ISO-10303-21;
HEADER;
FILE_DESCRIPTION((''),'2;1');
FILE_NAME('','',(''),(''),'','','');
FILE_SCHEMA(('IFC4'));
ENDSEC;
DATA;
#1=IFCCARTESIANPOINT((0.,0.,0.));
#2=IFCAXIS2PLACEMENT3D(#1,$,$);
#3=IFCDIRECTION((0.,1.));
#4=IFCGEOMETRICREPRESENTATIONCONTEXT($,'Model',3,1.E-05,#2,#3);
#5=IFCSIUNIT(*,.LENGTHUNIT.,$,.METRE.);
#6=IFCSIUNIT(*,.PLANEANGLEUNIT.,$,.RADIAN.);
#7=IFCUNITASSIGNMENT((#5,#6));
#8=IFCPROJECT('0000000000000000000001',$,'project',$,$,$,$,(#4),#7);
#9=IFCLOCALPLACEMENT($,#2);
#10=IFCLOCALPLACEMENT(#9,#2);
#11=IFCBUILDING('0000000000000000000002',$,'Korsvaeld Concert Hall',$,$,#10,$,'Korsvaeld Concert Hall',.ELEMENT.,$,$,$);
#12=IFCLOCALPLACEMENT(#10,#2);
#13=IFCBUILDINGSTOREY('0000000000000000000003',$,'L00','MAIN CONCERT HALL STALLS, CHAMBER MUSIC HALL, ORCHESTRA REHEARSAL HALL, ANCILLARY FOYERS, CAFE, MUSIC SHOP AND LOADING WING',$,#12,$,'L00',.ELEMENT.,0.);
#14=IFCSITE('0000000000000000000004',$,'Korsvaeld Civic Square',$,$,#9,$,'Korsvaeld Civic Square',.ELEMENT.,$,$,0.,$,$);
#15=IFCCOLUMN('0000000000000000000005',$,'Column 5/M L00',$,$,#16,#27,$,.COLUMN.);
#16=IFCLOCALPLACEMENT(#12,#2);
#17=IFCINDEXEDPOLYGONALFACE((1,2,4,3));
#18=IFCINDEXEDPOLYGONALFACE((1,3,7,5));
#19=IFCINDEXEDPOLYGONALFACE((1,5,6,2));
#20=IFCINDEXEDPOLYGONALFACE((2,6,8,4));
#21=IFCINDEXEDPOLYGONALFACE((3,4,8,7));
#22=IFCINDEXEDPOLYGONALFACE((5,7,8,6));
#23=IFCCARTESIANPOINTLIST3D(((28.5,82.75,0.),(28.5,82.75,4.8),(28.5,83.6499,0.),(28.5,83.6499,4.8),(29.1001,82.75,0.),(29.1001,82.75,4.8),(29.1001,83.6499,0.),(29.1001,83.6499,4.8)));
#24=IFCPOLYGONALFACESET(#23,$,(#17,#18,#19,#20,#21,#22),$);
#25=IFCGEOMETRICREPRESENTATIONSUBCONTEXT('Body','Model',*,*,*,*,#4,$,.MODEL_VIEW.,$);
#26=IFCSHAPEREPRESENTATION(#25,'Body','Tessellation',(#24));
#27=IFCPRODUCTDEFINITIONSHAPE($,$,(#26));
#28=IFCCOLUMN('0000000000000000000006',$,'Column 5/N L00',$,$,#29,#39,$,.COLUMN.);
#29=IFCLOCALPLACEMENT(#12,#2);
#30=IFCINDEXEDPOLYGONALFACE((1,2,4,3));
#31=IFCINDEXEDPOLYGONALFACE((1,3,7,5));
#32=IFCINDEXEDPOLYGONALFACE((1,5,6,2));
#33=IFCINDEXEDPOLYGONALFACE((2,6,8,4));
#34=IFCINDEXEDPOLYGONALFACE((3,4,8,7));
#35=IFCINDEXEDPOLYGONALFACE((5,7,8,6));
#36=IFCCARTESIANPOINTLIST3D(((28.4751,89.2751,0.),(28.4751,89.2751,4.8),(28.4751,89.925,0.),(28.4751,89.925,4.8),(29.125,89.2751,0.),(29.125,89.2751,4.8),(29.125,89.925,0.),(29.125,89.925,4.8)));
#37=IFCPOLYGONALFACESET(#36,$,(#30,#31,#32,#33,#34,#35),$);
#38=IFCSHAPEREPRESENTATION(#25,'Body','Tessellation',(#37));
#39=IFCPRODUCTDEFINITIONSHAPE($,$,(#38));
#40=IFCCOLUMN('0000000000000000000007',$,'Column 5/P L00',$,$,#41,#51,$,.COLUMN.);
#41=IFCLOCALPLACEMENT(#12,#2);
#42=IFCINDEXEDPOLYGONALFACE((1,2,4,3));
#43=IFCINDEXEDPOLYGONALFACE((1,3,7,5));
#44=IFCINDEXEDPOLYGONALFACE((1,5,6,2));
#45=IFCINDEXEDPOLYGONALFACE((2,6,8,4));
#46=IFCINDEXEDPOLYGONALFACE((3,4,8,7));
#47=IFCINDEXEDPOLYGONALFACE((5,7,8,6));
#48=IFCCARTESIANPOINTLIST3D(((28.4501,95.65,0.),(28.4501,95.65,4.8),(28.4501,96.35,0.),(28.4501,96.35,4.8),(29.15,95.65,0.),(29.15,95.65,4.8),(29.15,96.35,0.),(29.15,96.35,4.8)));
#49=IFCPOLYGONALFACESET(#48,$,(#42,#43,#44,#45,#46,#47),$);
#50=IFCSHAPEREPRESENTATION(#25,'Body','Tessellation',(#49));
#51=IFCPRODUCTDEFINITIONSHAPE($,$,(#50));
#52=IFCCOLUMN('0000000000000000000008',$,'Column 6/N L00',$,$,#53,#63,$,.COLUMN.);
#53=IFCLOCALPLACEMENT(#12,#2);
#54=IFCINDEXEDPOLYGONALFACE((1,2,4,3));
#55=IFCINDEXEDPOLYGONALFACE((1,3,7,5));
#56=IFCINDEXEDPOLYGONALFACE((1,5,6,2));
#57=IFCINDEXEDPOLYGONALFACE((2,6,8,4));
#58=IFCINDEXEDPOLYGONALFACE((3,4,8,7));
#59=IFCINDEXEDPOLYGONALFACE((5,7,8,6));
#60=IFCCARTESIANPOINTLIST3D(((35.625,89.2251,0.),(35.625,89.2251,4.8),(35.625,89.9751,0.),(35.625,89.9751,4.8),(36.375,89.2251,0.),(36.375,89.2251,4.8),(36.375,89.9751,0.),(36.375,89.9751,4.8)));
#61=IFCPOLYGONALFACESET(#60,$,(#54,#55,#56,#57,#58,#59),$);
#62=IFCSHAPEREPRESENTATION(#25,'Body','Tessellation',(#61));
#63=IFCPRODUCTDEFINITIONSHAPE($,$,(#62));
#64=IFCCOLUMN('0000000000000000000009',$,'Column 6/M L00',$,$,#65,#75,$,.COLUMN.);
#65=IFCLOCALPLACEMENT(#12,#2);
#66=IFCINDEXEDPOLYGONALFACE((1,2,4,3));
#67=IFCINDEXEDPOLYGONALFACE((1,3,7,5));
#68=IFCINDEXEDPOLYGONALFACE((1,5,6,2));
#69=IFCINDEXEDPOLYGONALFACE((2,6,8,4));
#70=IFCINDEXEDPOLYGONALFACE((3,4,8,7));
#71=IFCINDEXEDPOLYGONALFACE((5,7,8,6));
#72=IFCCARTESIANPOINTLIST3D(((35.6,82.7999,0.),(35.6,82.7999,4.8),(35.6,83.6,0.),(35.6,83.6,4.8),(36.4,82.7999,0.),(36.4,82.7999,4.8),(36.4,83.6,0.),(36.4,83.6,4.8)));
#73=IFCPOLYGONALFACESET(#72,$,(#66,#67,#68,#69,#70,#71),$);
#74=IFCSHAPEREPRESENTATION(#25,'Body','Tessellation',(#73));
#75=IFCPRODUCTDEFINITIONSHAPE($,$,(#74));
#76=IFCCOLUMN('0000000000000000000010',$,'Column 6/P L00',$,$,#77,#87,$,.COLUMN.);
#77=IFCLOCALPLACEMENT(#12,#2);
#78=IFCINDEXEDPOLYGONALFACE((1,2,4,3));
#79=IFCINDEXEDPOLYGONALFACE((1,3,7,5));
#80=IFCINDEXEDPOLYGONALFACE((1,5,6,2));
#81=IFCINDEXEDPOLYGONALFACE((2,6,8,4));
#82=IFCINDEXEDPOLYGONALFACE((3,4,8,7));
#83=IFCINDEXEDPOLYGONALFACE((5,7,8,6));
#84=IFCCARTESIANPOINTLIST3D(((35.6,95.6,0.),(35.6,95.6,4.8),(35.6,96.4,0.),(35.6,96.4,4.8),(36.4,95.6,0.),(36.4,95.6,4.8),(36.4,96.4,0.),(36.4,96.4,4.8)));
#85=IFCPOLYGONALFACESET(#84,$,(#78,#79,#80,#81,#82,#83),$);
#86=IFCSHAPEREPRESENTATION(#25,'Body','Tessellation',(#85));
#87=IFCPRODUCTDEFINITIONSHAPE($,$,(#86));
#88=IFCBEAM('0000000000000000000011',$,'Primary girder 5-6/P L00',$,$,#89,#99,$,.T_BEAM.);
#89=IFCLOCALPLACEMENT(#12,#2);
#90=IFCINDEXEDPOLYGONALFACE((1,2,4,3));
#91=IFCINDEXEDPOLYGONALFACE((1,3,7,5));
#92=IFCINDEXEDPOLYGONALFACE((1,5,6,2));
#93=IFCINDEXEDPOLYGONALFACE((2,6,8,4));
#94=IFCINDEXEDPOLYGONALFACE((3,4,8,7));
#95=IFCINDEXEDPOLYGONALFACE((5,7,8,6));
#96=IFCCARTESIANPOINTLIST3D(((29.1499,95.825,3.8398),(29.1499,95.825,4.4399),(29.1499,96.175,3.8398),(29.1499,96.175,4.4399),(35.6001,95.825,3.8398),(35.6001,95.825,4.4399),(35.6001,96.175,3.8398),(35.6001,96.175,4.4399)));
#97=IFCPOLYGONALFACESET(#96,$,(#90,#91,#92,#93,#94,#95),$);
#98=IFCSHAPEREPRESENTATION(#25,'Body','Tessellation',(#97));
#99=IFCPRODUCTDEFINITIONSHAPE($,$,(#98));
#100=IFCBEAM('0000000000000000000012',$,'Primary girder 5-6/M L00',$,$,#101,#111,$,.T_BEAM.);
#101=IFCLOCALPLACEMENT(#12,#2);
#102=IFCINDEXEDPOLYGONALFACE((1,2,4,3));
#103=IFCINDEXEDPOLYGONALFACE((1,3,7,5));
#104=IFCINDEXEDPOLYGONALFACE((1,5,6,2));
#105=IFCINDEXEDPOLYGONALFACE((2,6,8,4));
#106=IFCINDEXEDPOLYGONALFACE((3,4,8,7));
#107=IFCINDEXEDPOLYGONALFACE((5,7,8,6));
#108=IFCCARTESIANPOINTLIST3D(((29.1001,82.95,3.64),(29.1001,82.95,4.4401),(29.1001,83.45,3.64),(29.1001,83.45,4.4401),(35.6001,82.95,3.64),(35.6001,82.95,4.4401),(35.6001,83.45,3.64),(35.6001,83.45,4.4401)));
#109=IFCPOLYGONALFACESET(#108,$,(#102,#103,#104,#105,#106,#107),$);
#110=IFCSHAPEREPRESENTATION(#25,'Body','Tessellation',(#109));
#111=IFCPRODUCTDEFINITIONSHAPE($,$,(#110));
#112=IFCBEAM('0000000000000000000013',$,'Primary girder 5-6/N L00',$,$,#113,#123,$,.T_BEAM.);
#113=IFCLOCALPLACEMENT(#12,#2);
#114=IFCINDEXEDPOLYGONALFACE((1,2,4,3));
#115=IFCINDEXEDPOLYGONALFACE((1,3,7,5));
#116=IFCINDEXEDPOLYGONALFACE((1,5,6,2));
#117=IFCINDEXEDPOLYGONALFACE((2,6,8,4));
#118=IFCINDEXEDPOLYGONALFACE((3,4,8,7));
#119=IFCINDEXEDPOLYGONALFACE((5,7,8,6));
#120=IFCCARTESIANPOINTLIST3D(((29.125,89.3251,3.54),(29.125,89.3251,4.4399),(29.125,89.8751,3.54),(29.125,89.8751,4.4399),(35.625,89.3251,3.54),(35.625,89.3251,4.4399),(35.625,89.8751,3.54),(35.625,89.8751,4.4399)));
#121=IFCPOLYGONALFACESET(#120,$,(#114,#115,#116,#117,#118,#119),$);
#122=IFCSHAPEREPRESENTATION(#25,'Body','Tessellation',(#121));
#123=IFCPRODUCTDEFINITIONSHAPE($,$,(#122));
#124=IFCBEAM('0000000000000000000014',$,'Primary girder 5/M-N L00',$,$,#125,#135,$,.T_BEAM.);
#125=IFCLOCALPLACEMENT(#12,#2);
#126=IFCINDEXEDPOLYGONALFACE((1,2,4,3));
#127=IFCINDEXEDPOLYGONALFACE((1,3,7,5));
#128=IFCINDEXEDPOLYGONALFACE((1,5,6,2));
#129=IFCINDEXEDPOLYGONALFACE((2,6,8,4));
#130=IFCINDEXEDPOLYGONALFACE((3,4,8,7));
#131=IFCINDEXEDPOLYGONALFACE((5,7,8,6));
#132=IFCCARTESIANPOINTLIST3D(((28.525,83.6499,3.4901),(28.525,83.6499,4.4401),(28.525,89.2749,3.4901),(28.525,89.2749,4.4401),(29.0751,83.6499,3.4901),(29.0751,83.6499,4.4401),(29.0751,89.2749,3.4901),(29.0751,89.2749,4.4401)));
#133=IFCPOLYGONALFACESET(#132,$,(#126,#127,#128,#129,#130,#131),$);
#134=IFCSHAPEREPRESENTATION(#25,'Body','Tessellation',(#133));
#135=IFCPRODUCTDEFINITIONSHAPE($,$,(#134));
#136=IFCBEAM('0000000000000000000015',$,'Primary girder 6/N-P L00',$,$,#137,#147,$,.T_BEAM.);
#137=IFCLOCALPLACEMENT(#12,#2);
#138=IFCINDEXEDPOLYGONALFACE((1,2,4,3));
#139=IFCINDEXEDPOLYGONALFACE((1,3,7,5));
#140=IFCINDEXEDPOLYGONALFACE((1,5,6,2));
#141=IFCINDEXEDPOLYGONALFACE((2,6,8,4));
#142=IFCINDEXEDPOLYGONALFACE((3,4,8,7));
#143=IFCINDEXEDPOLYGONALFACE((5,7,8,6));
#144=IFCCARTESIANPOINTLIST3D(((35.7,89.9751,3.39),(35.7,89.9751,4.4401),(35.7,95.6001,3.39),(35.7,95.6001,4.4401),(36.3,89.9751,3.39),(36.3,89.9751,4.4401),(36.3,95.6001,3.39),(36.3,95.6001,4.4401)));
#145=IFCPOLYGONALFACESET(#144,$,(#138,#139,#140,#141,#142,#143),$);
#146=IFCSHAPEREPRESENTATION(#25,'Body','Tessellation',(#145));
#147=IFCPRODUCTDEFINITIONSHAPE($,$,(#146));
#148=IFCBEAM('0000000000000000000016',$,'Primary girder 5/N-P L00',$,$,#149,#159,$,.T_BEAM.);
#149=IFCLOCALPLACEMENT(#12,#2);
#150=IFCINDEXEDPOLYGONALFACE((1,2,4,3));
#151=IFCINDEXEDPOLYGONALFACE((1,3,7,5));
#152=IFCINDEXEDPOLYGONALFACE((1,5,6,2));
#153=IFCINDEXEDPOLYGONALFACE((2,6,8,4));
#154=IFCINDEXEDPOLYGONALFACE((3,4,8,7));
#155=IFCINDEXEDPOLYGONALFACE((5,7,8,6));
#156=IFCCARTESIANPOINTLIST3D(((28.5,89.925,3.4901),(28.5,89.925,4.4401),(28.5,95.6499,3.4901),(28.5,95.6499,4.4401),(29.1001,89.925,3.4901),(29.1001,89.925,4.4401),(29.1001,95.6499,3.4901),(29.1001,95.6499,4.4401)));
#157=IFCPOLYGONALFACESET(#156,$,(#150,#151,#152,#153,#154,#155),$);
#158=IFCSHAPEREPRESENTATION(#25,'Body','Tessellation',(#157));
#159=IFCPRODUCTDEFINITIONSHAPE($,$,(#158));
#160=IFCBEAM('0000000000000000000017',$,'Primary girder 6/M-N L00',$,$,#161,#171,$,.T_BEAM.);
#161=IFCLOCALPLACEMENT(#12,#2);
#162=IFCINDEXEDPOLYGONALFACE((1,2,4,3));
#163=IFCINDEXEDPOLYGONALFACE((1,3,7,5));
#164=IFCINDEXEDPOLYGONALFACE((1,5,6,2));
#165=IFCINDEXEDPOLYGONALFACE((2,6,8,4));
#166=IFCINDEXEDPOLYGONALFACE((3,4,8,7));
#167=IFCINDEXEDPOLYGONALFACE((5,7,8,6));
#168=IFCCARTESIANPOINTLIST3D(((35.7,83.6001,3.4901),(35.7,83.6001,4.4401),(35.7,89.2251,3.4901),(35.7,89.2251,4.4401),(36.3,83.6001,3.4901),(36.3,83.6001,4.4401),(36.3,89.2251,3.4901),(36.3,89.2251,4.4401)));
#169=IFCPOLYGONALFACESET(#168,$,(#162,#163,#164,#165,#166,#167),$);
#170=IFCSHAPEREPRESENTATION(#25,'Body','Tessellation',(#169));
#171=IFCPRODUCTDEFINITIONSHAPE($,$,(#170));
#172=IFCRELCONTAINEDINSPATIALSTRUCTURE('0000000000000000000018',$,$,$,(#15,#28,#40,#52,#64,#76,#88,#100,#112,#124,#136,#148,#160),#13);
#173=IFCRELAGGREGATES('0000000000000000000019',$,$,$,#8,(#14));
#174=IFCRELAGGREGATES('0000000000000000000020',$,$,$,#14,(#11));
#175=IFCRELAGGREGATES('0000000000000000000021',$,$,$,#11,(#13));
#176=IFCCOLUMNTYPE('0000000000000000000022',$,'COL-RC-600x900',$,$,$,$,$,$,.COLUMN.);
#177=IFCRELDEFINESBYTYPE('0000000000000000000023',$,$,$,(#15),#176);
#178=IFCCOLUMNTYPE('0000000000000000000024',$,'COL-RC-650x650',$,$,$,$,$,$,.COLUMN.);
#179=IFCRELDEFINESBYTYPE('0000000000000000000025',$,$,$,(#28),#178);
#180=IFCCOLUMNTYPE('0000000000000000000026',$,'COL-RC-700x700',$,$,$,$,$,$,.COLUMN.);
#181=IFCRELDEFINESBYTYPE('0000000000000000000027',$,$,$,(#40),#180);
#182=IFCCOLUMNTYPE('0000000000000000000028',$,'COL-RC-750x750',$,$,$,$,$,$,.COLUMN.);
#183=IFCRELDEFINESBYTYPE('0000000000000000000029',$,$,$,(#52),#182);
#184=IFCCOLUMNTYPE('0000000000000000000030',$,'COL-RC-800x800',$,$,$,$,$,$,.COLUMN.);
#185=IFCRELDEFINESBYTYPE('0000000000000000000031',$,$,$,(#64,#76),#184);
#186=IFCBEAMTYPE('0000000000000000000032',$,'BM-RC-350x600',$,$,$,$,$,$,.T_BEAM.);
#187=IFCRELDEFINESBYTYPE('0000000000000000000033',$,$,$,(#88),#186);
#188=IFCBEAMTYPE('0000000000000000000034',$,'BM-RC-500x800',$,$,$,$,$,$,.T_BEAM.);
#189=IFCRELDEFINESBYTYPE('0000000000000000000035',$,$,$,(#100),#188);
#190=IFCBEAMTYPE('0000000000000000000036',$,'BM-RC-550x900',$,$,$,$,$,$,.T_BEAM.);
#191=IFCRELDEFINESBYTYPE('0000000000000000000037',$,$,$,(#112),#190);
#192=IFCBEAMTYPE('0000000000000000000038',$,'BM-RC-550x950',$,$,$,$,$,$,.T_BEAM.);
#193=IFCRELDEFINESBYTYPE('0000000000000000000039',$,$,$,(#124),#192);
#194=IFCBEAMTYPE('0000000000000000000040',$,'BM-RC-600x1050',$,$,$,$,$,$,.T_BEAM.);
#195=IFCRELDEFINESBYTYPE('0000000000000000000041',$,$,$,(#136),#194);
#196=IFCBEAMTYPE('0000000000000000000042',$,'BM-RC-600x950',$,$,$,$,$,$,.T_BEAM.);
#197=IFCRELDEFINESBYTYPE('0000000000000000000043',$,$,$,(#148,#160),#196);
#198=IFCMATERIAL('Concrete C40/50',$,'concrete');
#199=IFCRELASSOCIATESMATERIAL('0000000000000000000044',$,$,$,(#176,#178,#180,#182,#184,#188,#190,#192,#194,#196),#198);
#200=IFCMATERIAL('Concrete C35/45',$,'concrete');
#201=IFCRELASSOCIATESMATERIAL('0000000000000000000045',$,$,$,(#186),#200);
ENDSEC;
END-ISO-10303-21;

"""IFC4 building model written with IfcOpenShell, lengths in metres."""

from ifc_helpers import new_model, si_unit, direction, frame, origin, origin_2d, place, context, subcontext, project, spatial, rectangle, extrude, material, material_profile, profile_set, type_object, element, save


model = new_model("IFC4")

# Units and contexts
model_context = context("Model", 3, precision=1e-05, world=origin(), true_north=direction((0.0, 1.0)))
body_context = subcontext(model_context, "Body", "Model", "MODEL_VIEW")
ifc_project = project(units=[si_unit("LENGTHUNIT", "METRE"), si_unit("PLANEANGLEUNIT", "RADIAN")], contexts=[model_context])

# Site, building, storey
site_placement = place(None, origin())
site = spatial("IfcSite", under=ifc_project, at=site_placement, Name="Korsvaeld Civic Square", LongName="Korsvaeld Civic Square", CompositionType="ELEMENT", RefElevation=0.0)
building_placement = place(site_placement, origin())
building = spatial("IfcBuilding", under=site, at=building_placement, Name="Korsvaeld Concert Hall", LongName="Korsvaeld Concert Hall", CompositionType="ELEMENT")
storey_placement = place(building_placement, origin())
storey = spatial("IfcBuildingStorey", under=building, at=storey_placement, Name="L00", Description="MAIN CONCERT HALL STALLS, CHAMBER MUSIC HALL, ORCHESTRA REHEARSAL HALL, ANCILLARY FOYERS, CAFE, MUSIC SHOP AND LOADING WING", LongName="L00", CompositionType="ELEMENT", Elevation=0.0)

# Columns
ifc_material_1 = material(Name="Concrete C40/50", Category="concrete")
ifc_material_profile_1 = material_profile(ifc_material_1, rectangle(XDim=0.6001, YDim=0.8999, at=origin_2d()), Name="RC 600x900")
ifc_profile_set_1 = profile_set([ifc_material_profile_1], Name="Concrete C40/50")
column_type_1 = type_object("IfcColumnType", Name="COL-RC-600x900", PredefinedType="COLUMN", material=ifc_profile_set_1)
column_1_placement = place(storey_placement, frame((28.8, 83.2, 0.0), z_axis=(0.0, 0.0, 1.0), x_axis=(1.0, 0.0, 0.0)))
element("IfcColumn", 1, at=column_1_placement, inside=storey, type_object=column_type_1, Name="Column 5/M L00", PredefinedType="COLUMN", context=body_context, shape_type="SweptSolid", body=[
    extrude(rectangle(XDim=0.6001, YDim=0.8999, at=origin_2d()), origin(), (0.0, 0.0, 1.0), 4.8),
])
ifc_material_profile_2 = material_profile(ifc_material_1, rectangle(XDim=0.6499, YDim=0.6499, at=origin_2d()), Name="RC 650x650")
ifc_profile_set_2 = profile_set([ifc_material_profile_2], Name="Concrete C40/50")
column_type_2 = type_object("IfcColumnType", Name="COL-RC-650x650", PredefinedType="COLUMN", material=ifc_profile_set_2)
column_2_placement = place(storey_placement, frame((28.8, 89.6001, 0.0), z_axis=(0.0, 0.0, 1.0), x_axis=(1.0, 0.0, 0.0)))
element("IfcColumn", 2, at=column_2_placement, inside=storey, type_object=column_type_2, Name="Column 5/N L00", PredefinedType="COLUMN", context=body_context, shape_type="SweptSolid", body=[
    extrude(rectangle(XDim=0.6499, YDim=0.6499, at=origin_2d()), origin(), (0.0, 0.0, 1.0), 4.8),
])
ifc_material_profile_3 = material_profile(ifc_material_1, rectangle(XDim=0.7, YDim=0.7, at=origin_2d()), Name="RC 700x700")
ifc_profile_set_3 = profile_set([ifc_material_profile_3], Name="Concrete C40/50")
column_type_3 = type_object("IfcColumnType", Name="COL-RC-700x700", PredefinedType="COLUMN", material=ifc_profile_set_3)
column_3_placement = place(storey_placement, frame((28.8, 96.0, 0.0), z_axis=(0.0, 0.0, 1.0), x_axis=(1.0, 0.0, 0.0)))
element("IfcColumn", 3, at=column_3_placement, inside=storey, type_object=column_type_3, Name="Column 5/P L00", PredefinedType="COLUMN", context=body_context, shape_type="SweptSolid", body=[
    extrude(rectangle(XDim=0.7, YDim=0.7, at=origin_2d()), origin(), (0.0, 0.0, 1.0), 4.8),
])
ifc_material_profile_4 = material_profile(ifc_material_1, rectangle(XDim=0.75, YDim=0.75, at=origin_2d()), Name="RC 750x750")
ifc_profile_set_4 = profile_set([ifc_material_profile_4], Name="Concrete C40/50")
column_type_4 = type_object("IfcColumnType", Name="COL-RC-750x750", PredefinedType="COLUMN", material=ifc_profile_set_4)
column_4_placement = place(storey_placement, frame((36.0, 89.6001, 0.0), z_axis=(0.0, 0.0, 1.0), x_axis=(1.0, 0.0, 0.0)))
element("IfcColumn", 4, at=column_4_placement, inside=storey, type_object=column_type_4, Name="Column 6/N L00", PredefinedType="COLUMN", context=body_context, shape_type="SweptSolid", body=[
    extrude(rectangle(XDim=0.75, YDim=0.75, at=origin_2d()), origin(), (0.0, 0.0, 1.0), 4.8),
])
ifc_material_profile_5 = material_profile(ifc_material_1, rectangle(XDim=0.8, YDim=0.8, at=origin_2d()), Name="RC 800x800")
ifc_profile_set_5 = profile_set([ifc_material_profile_5], Name="Concrete C40/50")
column_type_5 = type_object("IfcColumnType", Name="COL-RC-800x800", PredefinedType="COLUMN", material=ifc_profile_set_5)
for number, where, z_axis, x_axis, name in (
    (5, (36.0, 83.2, 0.0), (0.0, 0.0, 1.0), (1.0, 0.0, 0.0), "Column 6/M L00"),
    (6, (36.0, 96.0, 0.0), (0.0, 0.0, 1.0), (1.0, 0.0, 0.0), "Column 6/P L00"),
):
    element("IfcColumn", number, at=place(storey_placement, frame(where, z_axis=z_axis, x_axis=x_axis)), inside=storey, type_object=column_type_5, Name=name, PredefinedType="COLUMN", context=body_context, shape_type="SweptSolid", body=[
        extrude(rectangle(XDim=0.8, YDim=0.8, at=origin_2d()), origin(), (0.0, 0.0, 1.0), 4.8),
    ])

# Beams
ifc_material_2 = material(Name="Concrete C35/45", Category="concrete")
ifc_material_profile_6 = material_profile(ifc_material_2, rectangle(XDim=0.3501, YDim=0.6001, at=origin_2d()), Name="RC 350x600")
ifc_profile_set_6 = profile_set([ifc_material_profile_6], Name="Concrete C35/45")
beam_type_1 = type_object("IfcBeamType", Name="BM-RC-350x600", PredefinedType="T_BEAM", material=ifc_profile_set_6)
beam_1_placement = place(storey_placement, frame((29.1499, 96.0, 4.1399), z_axis=(1.0, 0.0, 0.0), x_axis=(0.0, 1.0, 0.0)))
element("IfcBeam", 7, at=beam_1_placement, inside=storey, type_object=beam_type_1, Name="Primary girder 5-6/P L00", PredefinedType="T_BEAM", context=body_context, shape_type="SweptSolid", body=[
    extrude(rectangle(XDim=0.3501, YDim=0.6001, at=origin_2d()), origin(), (0.0, 0.0, 1.0), 6.4502),
])
ifc_material_profile_7 = material_profile(ifc_material_1, rectangle(XDim=0.5, YDim=0.8, at=origin_2d()), Name="RC 500x800")
ifc_profile_set_7 = profile_set([ifc_material_profile_7], Name="Concrete C40/50")
beam_type_2 = type_object("IfcBeamType", Name="BM-RC-500x800", PredefinedType="T_BEAM", material=ifc_profile_set_7)
beam_2_placement = place(storey_placement, frame((29.1001, 83.2, 4.04), z_axis=(1.0, 0.0, 0.0), x_axis=(0.0, 1.0, 0.0)))
element("IfcBeam", 8, at=beam_2_placement, inside=storey, type_object=beam_type_2, Name="Primary girder 5-6/M L00", PredefinedType="T_BEAM", context=body_context, shape_type="SweptSolid", body=[
    extrude(rectangle(XDim=0.5, YDim=0.8, at=origin_2d()), origin(), (0.0, 0.0, 1.0), 6.5),
])
ifc_material_profile_8 = material_profile(ifc_material_1, rectangle(XDim=0.55, YDim=0.8999, at=origin_2d()), Name="RC 550x900")
ifc_profile_set_8 = profile_set([ifc_material_profile_8], Name="Concrete C40/50")
beam_type_3 = type_object("IfcBeamType", Name="BM-RC-550x900", PredefinedType="T_BEAM", material=ifc_profile_set_8)
beam_3_placement = place(storey_placement, frame((29.125, 89.6001, 3.99), z_axis=(1.0, 0.0, 0.0), x_axis=(0.0, 1.0, 0.0)))
element("IfcBeam", 9, at=beam_3_placement, inside=storey, type_object=beam_type_3, Name="Primary girder 5-6/N L00", PredefinedType="T_BEAM", context=body_context, shape_type="SweptSolid", body=[
    extrude(rectangle(XDim=0.55, YDim=0.8999, at=origin_2d()), origin(), (0.0, 0.0, 1.0), 6.5),
])
ifc_material_profile_9 = material_profile(ifc_material_1, rectangle(XDim=0.55, YDim=0.95, at=origin_2d()), Name="RC 550x950")
ifc_profile_set_9 = profile_set([ifc_material_profile_9], Name="Concrete C40/50")
beam_type_4 = type_object("IfcBeamType", Name="BM-RC-550x950", PredefinedType="T_BEAM", material=ifc_profile_set_9)
beam_4_placement = place(storey_placement, frame((28.8, 83.6499, 3.9651), z_axis=(0.0, 1.0, 0.0), x_axis=(-1.0, 0.0, 0.0)))
element("IfcBeam", 10, at=beam_4_placement, inside=storey, type_object=beam_type_4, Name="Primary girder 5/M-N L00", PredefinedType="T_BEAM", context=body_context, shape_type="SweptSolid", body=[
    extrude(rectangle(XDim=0.55, YDim=0.95, at=origin_2d()), origin(), (0.0, 0.0, 1.0), 5.625),
])
ifc_material_profile_10 = material_profile(ifc_material_1, rectangle(XDim=0.6001, YDim=1.05, at=origin_2d()), Name="RC 600x1050")
ifc_profile_set_10 = profile_set([ifc_material_profile_10], Name="Concrete C40/50")
beam_type_5 = type_object("IfcBeamType", Name="BM-RC-600x1050", PredefinedType="T_BEAM", material=ifc_profile_set_10)
beam_5_placement = place(storey_placement, frame((36.0, 89.9751, 3.915), z_axis=(0.0, 1.0, 0.0), x_axis=(-1.0, 0.0, 0.0)))
element("IfcBeam", 11, at=beam_5_placement, inside=storey, type_object=beam_type_5, Name="Primary girder 6/N-P L00", PredefinedType="T_BEAM", context=body_context, shape_type="SweptSolid", body=[
    extrude(rectangle(XDim=0.6001, YDim=1.05, at=origin_2d()), origin(), (0.0, 0.0, 1.0), 5.625),
])
ifc_material_profile_11 = material_profile(ifc_material_1, rectangle(XDim=0.6001, YDim=0.95, at=origin_2d()), Name="RC 600x950")
ifc_profile_set_11 = profile_set([ifc_material_profile_11], Name="Concrete C40/50")
beam_type_6 = type_object("IfcBeamType", Name="BM-RC-600x950", PredefinedType="T_BEAM", material=ifc_profile_set_11)
beam_6_placement = place(storey_placement, frame((28.8, 89.925, 3.9651), z_axis=(0.0, 1.0, 0.0), x_axis=(-1.0, 0.0, 0.0)))
element("IfcBeam", 12, at=beam_6_placement, inside=storey, type_object=beam_type_6, Name="Primary girder 5/N-P L00", PredefinedType="T_BEAM", context=body_context, shape_type="SweptSolid", body=[
    extrude(rectangle(XDim=0.6001, YDim=0.95, at=origin_2d()), origin(), (0.0, 0.0, 1.0), 5.7249),
])
beam_7_placement = place(storey_placement, frame((36.0, 83.6001, 3.9651), z_axis=(0.0, 1.0, 0.0), x_axis=(-1.0, 0.0, 0.0)))
element("IfcBeam", 13, at=beam_7_placement, inside=storey, type_object=beam_type_6, Name="Primary girder 6/M-N L00", PredefinedType="T_BEAM", context=body_context, shape_type="SweptSolid", body=[
    extrude(rectangle(XDim=0.6001, YDim=0.95, at=origin_2d()), origin(), (0.0, 0.0, 1.0), 5.625),
])

save(model, "model.ifc")
